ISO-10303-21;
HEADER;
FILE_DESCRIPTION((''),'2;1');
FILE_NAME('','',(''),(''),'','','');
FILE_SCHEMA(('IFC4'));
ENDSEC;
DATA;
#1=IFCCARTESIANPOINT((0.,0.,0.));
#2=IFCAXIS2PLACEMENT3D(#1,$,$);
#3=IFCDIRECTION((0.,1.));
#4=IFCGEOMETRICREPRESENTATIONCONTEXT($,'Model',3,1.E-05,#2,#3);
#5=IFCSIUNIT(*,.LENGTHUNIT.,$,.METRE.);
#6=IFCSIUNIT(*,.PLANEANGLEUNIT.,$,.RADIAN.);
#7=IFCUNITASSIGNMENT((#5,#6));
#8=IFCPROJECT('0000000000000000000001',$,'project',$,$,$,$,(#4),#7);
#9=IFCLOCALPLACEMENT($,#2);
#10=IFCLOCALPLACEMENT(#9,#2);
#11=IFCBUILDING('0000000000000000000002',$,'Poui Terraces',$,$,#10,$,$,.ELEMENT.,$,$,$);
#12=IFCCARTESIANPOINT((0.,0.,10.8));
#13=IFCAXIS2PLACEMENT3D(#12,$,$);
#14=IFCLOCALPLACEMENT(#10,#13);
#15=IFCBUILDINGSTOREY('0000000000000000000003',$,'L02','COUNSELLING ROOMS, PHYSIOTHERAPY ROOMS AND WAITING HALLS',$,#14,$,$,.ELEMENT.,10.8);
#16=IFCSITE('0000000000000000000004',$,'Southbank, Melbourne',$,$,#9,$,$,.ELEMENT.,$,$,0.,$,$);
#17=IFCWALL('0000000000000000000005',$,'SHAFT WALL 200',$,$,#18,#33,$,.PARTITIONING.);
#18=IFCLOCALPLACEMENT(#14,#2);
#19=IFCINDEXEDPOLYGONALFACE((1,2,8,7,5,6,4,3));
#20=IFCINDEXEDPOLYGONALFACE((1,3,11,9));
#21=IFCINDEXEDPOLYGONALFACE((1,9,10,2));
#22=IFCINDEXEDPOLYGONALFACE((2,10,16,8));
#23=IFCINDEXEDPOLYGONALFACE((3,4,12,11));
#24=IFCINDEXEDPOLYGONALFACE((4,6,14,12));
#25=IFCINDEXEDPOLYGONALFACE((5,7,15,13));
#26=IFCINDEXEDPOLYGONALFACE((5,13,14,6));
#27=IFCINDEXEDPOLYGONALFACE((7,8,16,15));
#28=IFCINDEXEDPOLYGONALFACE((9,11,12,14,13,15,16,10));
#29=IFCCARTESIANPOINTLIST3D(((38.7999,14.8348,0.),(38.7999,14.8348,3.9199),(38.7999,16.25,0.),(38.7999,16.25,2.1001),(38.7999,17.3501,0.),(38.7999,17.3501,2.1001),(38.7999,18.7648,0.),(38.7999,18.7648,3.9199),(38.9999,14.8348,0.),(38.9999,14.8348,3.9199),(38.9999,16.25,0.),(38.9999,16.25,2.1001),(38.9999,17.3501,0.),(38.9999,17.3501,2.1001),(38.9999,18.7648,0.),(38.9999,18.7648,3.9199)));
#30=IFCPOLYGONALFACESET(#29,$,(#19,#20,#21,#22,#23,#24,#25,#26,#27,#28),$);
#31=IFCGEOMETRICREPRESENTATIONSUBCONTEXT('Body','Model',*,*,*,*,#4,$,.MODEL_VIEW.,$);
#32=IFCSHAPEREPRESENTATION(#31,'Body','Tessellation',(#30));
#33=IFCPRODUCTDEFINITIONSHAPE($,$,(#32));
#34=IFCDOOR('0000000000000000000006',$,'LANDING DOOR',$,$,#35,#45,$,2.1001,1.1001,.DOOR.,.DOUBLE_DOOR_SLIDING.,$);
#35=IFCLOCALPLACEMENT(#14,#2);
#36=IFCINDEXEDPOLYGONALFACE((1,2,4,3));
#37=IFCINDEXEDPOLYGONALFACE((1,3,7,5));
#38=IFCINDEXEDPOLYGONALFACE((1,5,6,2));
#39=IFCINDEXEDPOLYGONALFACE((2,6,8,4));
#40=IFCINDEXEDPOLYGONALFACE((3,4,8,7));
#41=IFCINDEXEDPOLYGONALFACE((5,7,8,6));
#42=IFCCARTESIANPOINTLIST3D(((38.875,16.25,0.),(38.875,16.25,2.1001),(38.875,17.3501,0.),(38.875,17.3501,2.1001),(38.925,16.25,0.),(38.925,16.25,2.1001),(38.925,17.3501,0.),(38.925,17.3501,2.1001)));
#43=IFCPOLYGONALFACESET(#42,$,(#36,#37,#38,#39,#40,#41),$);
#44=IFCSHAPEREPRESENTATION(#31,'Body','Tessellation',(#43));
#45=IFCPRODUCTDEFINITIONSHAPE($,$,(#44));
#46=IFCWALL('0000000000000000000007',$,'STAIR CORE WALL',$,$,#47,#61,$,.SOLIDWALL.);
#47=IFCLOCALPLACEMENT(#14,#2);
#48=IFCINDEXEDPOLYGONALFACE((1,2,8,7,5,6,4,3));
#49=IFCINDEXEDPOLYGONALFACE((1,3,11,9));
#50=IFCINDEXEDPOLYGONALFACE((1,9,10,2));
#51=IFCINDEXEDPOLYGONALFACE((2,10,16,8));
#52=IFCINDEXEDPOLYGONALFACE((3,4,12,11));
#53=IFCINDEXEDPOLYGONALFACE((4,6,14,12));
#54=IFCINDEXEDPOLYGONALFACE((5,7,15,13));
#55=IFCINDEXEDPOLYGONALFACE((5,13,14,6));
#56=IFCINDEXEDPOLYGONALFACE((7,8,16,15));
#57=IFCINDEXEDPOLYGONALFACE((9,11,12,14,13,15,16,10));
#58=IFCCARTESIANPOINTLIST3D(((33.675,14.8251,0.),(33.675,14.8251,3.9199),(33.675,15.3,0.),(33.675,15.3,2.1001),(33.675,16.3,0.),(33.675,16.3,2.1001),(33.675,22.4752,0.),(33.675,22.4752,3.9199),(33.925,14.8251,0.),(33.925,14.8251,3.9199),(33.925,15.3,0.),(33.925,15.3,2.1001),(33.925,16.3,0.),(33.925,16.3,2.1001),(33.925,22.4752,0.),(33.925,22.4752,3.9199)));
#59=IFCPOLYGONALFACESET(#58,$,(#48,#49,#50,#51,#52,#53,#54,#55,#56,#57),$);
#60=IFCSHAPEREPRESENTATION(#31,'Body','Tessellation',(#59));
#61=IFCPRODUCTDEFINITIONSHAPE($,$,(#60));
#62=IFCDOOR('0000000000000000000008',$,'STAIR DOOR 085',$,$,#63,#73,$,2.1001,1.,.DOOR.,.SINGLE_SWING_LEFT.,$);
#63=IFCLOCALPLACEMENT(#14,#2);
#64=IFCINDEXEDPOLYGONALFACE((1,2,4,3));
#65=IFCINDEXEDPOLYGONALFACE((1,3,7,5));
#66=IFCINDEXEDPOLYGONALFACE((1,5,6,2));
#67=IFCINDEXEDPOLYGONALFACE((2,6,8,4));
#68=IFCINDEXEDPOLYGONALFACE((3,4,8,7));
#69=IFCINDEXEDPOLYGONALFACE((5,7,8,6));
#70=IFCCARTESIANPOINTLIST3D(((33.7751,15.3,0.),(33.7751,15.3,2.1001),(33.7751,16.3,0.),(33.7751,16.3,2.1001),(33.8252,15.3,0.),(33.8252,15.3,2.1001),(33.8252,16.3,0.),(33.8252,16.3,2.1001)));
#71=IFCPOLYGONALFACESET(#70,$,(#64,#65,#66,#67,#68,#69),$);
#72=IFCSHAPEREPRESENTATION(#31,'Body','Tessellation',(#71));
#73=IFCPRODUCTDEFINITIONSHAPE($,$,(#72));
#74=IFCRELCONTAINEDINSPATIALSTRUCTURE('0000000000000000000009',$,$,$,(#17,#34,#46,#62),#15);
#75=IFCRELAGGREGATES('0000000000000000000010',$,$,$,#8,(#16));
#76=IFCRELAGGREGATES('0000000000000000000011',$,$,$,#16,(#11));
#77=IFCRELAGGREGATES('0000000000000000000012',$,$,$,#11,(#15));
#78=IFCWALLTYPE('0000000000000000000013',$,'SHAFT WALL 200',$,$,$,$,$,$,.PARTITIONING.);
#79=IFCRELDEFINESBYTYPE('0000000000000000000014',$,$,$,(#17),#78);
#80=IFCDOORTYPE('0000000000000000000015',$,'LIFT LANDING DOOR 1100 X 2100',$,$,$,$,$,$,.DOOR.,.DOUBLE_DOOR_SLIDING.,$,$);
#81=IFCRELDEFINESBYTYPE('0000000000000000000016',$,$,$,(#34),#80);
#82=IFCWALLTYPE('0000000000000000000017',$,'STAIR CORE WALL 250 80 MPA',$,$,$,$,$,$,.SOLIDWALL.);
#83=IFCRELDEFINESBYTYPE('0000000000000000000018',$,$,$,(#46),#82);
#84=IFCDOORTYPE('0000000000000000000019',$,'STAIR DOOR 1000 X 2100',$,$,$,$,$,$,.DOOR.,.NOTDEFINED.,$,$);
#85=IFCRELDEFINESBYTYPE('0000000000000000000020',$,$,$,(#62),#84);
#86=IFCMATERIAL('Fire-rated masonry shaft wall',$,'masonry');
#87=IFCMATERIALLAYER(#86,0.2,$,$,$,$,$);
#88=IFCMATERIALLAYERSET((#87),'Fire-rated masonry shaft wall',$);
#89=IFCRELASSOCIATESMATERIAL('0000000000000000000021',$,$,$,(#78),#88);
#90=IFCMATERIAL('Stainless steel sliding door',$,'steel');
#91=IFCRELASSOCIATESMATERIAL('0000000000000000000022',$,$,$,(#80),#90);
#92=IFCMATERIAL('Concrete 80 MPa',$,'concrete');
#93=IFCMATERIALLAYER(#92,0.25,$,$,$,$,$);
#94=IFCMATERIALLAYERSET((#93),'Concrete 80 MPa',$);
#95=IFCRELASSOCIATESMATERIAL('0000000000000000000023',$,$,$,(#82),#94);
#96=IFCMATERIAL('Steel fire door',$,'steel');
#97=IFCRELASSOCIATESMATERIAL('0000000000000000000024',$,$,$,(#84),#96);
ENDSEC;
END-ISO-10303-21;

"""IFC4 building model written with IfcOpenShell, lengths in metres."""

from ifc_helpers import new_model, si_unit, direction, frame, frame_2d, origin, place, context, subcontext, project, spatial, rectangle, extrude, material, layer, layer_set, type_object, element, fill, save


model = new_model("IFC4")

# Units and contexts
model_context = context("Model", 3, precision=1e-05, world=origin(), true_north=direction((0.0, 1.0)))
body_context = subcontext(model_context, "Body", "Model", "MODEL_VIEW")
ifc_project = project(units=[si_unit("LENGTHUNIT", "METRE"), si_unit("PLANEANGLEUNIT", "RADIAN")], contexts=[model_context])

# Site, building, storey
site_placement = place(None, origin())
site = spatial("IfcSite", under=ifc_project, at=site_placement, Name="Southbank, Melbourne", CompositionType="ELEMENT", RefElevation=0.0)
building_placement = place(site_placement, origin())
building = spatial("IfcBuilding", under=site, at=building_placement, Name="Poui Terraces", CompositionType="ELEMENT")
storey_placement = place(building_placement, frame((0.0, 0.0, 10.8)))
storey = spatial("IfcBuildingStorey", under=building, at=storey_placement, Name="L02", Description="COUNSELLING ROOMS, PHYSIOTHERAPY ROOMS AND WAITING HALLS", CompositionType="ELEMENT", Elevation=10.8)

# Shared definitions
ifc_material_1 = material(Name="Concrete 80 MPa", Category="concrete")

# Shared definitions
ifc_material_2 = material(Name="Steel fire door", Category="steel")

# Wall, opening, door
ifc_material_3 = material(Name="Fire-rated masonry shaft wall", Category="masonry")
ifc_layer_1 = layer(ifc_material_3, 0.2)
ifc_layer_set_1 = layer_set([ifc_layer_1], Name="Fire-rated masonry shaft wall")
wall_type_1 = type_object("IfcWallType", Name="SHAFT WALL 200", PredefinedType="PARTITIONING", material=ifc_layer_set_1)
wall_1_placement = place(storey_placement, frame((38.8999, 14.835, 0.0), z_axis=(0.0, 0.0, 1.0), x_axis=(0.0, 1.0, 0.0)))
wall_1 = element("IfcWall", 1, at=wall_1_placement, inside=storey, type_object=wall_type_1, Name="SHAFT WALL 200", PredefinedType="PARTITIONING", context=body_context, shape_type="SweptSolid", body=[
    extrude(rectangle(XDim=3.9299, YDim=0.2, at=frame_2d((1.9648, 0.0))), origin(), (0.0, 0.0, 1.0), 3.9199),
])
opening_1_placement = place(wall_1_placement, frame((1.415, 0.0, 0.0)))
opening_1 = element("IfcOpeningElement", 2, at=opening_1_placement, cuts=wall_1, PredefinedType="OPENING", context=body_context, shape_type="SweptSolid", body=[
    extrude(rectangle(XDim=1.1001, YDim=2.1001, at=frame_2d((0.55, 1.05))), frame((0.0, 0.1099, 0.0), z_axis=(0.0, -1.0, 0.0), x_axis=(1.0, 0.0, 0.0)), (0.0, 0.0, 1.0), 0.22),
])
ifc_material_4 = material(Name="Stainless steel sliding door", Category="steel")
door_type_1 = type_object("IfcDoorType", Name="LIFT LANDING DOOR 1100 X 2100", OperationType="DOUBLE_DOOR_SLIDING", PredefinedType="DOOR", material=ifc_material_4)
door_1_placement = place(opening_1_placement, origin())
door_1 = element("IfcDoor", 3, at=door_1_placement, inside=storey, type_object=door_type_1, Name="LANDING DOOR", OperationType="DOUBLE_DOOR_SLIDING", OverallHeight=2.1001, OverallWidth=1.1001, PredefinedType="DOOR", context=body_context, shape_type="SweptSolid", body=[
    extrude(rectangle(XDim=1.1001, YDim=2.1001, at=frame_2d((0.55, 1.05))), frame((0.0, 0.0249, 0.0), z_axis=(0.0, -1.0, 0.0), x_axis=(1.0, 0.0, 0.0)), (0.0, 0.0, 1.0), 0.05),
])
fill(opening_1, door_1)

# Wall, opening, door
ifc_layer_2 = layer(ifc_material_1, 0.25)
ifc_layer_set_2 = layer_set([ifc_layer_2], Name="Concrete 80 MPa")
wall_type_2 = type_object("IfcWallType", Name="STAIR CORE WALL 250 80 MPA", PredefinedType="SOLIDWALL", material=ifc_layer_set_2)
wall_2_placement = place(storey_placement, frame((33.8, 14.825, 0.0), z_axis=(0.0, 0.0, 1.0), x_axis=(0.0, 1.0, 0.0)))
wall_2 = element("IfcWall", 4, at=wall_2_placement, inside=storey, type_object=wall_type_2, Name="STAIR CORE WALL", PredefinedType="SOLIDWALL", context=body_context, shape_type="SweptSolid", body=[
    extrude(rectangle(XDim=7.6501, YDim=0.25, at=frame_2d((3.8252, 0.0))), origin(), (0.0, 0.0, 1.0), 3.9199),
])
opening_2_placement = place(wall_2_placement, frame((0.4751, 0.0, 0.0)))
opening_2 = element("IfcOpeningElement", 5, at=opening_2_placement, cuts=wall_2, PredefinedType="OPENING", context=body_context, shape_type="SweptSolid", body=[
    extrude(rectangle(XDim=1.0, YDim=2.1001, at=frame_2d((0.5, 1.05))), frame((0.0, 0.135, 0.0), z_axis=(0.0, -1.0, 0.0), x_axis=(1.0, 0.0, 0.0)), (0.0, 0.0, 1.0), 0.27),
])
door_type_2 = type_object("IfcDoorType", Name="STAIR DOOR 1000 X 2100", OperationType="NOTDEFINED", PredefinedType="DOOR", material=ifc_material_2)
door_2_placement = place(opening_2_placement, origin())
door_2 = element("IfcDoor", 6, at=door_2_placement, inside=storey, type_object=door_type_2, Name="STAIR DOOR 085", OperationType="SINGLE_SWING_LEFT", OverallHeight=2.1001, OverallWidth=1.0, PredefinedType="DOOR", context=body_context, shape_type="SweptSolid", body=[
    extrude(rectangle(XDim=1.0, YDim=2.1001, at=frame_2d((0.5, 1.05))), frame((0.0, 0.0249, 0.0), z_axis=(0.0, -1.0, 0.0), x_axis=(1.0, 0.0, 0.0)), (0.0, 0.0, 1.0), 0.05),
])
fill(opening_2, door_2)

save(model, "model.ifc")
